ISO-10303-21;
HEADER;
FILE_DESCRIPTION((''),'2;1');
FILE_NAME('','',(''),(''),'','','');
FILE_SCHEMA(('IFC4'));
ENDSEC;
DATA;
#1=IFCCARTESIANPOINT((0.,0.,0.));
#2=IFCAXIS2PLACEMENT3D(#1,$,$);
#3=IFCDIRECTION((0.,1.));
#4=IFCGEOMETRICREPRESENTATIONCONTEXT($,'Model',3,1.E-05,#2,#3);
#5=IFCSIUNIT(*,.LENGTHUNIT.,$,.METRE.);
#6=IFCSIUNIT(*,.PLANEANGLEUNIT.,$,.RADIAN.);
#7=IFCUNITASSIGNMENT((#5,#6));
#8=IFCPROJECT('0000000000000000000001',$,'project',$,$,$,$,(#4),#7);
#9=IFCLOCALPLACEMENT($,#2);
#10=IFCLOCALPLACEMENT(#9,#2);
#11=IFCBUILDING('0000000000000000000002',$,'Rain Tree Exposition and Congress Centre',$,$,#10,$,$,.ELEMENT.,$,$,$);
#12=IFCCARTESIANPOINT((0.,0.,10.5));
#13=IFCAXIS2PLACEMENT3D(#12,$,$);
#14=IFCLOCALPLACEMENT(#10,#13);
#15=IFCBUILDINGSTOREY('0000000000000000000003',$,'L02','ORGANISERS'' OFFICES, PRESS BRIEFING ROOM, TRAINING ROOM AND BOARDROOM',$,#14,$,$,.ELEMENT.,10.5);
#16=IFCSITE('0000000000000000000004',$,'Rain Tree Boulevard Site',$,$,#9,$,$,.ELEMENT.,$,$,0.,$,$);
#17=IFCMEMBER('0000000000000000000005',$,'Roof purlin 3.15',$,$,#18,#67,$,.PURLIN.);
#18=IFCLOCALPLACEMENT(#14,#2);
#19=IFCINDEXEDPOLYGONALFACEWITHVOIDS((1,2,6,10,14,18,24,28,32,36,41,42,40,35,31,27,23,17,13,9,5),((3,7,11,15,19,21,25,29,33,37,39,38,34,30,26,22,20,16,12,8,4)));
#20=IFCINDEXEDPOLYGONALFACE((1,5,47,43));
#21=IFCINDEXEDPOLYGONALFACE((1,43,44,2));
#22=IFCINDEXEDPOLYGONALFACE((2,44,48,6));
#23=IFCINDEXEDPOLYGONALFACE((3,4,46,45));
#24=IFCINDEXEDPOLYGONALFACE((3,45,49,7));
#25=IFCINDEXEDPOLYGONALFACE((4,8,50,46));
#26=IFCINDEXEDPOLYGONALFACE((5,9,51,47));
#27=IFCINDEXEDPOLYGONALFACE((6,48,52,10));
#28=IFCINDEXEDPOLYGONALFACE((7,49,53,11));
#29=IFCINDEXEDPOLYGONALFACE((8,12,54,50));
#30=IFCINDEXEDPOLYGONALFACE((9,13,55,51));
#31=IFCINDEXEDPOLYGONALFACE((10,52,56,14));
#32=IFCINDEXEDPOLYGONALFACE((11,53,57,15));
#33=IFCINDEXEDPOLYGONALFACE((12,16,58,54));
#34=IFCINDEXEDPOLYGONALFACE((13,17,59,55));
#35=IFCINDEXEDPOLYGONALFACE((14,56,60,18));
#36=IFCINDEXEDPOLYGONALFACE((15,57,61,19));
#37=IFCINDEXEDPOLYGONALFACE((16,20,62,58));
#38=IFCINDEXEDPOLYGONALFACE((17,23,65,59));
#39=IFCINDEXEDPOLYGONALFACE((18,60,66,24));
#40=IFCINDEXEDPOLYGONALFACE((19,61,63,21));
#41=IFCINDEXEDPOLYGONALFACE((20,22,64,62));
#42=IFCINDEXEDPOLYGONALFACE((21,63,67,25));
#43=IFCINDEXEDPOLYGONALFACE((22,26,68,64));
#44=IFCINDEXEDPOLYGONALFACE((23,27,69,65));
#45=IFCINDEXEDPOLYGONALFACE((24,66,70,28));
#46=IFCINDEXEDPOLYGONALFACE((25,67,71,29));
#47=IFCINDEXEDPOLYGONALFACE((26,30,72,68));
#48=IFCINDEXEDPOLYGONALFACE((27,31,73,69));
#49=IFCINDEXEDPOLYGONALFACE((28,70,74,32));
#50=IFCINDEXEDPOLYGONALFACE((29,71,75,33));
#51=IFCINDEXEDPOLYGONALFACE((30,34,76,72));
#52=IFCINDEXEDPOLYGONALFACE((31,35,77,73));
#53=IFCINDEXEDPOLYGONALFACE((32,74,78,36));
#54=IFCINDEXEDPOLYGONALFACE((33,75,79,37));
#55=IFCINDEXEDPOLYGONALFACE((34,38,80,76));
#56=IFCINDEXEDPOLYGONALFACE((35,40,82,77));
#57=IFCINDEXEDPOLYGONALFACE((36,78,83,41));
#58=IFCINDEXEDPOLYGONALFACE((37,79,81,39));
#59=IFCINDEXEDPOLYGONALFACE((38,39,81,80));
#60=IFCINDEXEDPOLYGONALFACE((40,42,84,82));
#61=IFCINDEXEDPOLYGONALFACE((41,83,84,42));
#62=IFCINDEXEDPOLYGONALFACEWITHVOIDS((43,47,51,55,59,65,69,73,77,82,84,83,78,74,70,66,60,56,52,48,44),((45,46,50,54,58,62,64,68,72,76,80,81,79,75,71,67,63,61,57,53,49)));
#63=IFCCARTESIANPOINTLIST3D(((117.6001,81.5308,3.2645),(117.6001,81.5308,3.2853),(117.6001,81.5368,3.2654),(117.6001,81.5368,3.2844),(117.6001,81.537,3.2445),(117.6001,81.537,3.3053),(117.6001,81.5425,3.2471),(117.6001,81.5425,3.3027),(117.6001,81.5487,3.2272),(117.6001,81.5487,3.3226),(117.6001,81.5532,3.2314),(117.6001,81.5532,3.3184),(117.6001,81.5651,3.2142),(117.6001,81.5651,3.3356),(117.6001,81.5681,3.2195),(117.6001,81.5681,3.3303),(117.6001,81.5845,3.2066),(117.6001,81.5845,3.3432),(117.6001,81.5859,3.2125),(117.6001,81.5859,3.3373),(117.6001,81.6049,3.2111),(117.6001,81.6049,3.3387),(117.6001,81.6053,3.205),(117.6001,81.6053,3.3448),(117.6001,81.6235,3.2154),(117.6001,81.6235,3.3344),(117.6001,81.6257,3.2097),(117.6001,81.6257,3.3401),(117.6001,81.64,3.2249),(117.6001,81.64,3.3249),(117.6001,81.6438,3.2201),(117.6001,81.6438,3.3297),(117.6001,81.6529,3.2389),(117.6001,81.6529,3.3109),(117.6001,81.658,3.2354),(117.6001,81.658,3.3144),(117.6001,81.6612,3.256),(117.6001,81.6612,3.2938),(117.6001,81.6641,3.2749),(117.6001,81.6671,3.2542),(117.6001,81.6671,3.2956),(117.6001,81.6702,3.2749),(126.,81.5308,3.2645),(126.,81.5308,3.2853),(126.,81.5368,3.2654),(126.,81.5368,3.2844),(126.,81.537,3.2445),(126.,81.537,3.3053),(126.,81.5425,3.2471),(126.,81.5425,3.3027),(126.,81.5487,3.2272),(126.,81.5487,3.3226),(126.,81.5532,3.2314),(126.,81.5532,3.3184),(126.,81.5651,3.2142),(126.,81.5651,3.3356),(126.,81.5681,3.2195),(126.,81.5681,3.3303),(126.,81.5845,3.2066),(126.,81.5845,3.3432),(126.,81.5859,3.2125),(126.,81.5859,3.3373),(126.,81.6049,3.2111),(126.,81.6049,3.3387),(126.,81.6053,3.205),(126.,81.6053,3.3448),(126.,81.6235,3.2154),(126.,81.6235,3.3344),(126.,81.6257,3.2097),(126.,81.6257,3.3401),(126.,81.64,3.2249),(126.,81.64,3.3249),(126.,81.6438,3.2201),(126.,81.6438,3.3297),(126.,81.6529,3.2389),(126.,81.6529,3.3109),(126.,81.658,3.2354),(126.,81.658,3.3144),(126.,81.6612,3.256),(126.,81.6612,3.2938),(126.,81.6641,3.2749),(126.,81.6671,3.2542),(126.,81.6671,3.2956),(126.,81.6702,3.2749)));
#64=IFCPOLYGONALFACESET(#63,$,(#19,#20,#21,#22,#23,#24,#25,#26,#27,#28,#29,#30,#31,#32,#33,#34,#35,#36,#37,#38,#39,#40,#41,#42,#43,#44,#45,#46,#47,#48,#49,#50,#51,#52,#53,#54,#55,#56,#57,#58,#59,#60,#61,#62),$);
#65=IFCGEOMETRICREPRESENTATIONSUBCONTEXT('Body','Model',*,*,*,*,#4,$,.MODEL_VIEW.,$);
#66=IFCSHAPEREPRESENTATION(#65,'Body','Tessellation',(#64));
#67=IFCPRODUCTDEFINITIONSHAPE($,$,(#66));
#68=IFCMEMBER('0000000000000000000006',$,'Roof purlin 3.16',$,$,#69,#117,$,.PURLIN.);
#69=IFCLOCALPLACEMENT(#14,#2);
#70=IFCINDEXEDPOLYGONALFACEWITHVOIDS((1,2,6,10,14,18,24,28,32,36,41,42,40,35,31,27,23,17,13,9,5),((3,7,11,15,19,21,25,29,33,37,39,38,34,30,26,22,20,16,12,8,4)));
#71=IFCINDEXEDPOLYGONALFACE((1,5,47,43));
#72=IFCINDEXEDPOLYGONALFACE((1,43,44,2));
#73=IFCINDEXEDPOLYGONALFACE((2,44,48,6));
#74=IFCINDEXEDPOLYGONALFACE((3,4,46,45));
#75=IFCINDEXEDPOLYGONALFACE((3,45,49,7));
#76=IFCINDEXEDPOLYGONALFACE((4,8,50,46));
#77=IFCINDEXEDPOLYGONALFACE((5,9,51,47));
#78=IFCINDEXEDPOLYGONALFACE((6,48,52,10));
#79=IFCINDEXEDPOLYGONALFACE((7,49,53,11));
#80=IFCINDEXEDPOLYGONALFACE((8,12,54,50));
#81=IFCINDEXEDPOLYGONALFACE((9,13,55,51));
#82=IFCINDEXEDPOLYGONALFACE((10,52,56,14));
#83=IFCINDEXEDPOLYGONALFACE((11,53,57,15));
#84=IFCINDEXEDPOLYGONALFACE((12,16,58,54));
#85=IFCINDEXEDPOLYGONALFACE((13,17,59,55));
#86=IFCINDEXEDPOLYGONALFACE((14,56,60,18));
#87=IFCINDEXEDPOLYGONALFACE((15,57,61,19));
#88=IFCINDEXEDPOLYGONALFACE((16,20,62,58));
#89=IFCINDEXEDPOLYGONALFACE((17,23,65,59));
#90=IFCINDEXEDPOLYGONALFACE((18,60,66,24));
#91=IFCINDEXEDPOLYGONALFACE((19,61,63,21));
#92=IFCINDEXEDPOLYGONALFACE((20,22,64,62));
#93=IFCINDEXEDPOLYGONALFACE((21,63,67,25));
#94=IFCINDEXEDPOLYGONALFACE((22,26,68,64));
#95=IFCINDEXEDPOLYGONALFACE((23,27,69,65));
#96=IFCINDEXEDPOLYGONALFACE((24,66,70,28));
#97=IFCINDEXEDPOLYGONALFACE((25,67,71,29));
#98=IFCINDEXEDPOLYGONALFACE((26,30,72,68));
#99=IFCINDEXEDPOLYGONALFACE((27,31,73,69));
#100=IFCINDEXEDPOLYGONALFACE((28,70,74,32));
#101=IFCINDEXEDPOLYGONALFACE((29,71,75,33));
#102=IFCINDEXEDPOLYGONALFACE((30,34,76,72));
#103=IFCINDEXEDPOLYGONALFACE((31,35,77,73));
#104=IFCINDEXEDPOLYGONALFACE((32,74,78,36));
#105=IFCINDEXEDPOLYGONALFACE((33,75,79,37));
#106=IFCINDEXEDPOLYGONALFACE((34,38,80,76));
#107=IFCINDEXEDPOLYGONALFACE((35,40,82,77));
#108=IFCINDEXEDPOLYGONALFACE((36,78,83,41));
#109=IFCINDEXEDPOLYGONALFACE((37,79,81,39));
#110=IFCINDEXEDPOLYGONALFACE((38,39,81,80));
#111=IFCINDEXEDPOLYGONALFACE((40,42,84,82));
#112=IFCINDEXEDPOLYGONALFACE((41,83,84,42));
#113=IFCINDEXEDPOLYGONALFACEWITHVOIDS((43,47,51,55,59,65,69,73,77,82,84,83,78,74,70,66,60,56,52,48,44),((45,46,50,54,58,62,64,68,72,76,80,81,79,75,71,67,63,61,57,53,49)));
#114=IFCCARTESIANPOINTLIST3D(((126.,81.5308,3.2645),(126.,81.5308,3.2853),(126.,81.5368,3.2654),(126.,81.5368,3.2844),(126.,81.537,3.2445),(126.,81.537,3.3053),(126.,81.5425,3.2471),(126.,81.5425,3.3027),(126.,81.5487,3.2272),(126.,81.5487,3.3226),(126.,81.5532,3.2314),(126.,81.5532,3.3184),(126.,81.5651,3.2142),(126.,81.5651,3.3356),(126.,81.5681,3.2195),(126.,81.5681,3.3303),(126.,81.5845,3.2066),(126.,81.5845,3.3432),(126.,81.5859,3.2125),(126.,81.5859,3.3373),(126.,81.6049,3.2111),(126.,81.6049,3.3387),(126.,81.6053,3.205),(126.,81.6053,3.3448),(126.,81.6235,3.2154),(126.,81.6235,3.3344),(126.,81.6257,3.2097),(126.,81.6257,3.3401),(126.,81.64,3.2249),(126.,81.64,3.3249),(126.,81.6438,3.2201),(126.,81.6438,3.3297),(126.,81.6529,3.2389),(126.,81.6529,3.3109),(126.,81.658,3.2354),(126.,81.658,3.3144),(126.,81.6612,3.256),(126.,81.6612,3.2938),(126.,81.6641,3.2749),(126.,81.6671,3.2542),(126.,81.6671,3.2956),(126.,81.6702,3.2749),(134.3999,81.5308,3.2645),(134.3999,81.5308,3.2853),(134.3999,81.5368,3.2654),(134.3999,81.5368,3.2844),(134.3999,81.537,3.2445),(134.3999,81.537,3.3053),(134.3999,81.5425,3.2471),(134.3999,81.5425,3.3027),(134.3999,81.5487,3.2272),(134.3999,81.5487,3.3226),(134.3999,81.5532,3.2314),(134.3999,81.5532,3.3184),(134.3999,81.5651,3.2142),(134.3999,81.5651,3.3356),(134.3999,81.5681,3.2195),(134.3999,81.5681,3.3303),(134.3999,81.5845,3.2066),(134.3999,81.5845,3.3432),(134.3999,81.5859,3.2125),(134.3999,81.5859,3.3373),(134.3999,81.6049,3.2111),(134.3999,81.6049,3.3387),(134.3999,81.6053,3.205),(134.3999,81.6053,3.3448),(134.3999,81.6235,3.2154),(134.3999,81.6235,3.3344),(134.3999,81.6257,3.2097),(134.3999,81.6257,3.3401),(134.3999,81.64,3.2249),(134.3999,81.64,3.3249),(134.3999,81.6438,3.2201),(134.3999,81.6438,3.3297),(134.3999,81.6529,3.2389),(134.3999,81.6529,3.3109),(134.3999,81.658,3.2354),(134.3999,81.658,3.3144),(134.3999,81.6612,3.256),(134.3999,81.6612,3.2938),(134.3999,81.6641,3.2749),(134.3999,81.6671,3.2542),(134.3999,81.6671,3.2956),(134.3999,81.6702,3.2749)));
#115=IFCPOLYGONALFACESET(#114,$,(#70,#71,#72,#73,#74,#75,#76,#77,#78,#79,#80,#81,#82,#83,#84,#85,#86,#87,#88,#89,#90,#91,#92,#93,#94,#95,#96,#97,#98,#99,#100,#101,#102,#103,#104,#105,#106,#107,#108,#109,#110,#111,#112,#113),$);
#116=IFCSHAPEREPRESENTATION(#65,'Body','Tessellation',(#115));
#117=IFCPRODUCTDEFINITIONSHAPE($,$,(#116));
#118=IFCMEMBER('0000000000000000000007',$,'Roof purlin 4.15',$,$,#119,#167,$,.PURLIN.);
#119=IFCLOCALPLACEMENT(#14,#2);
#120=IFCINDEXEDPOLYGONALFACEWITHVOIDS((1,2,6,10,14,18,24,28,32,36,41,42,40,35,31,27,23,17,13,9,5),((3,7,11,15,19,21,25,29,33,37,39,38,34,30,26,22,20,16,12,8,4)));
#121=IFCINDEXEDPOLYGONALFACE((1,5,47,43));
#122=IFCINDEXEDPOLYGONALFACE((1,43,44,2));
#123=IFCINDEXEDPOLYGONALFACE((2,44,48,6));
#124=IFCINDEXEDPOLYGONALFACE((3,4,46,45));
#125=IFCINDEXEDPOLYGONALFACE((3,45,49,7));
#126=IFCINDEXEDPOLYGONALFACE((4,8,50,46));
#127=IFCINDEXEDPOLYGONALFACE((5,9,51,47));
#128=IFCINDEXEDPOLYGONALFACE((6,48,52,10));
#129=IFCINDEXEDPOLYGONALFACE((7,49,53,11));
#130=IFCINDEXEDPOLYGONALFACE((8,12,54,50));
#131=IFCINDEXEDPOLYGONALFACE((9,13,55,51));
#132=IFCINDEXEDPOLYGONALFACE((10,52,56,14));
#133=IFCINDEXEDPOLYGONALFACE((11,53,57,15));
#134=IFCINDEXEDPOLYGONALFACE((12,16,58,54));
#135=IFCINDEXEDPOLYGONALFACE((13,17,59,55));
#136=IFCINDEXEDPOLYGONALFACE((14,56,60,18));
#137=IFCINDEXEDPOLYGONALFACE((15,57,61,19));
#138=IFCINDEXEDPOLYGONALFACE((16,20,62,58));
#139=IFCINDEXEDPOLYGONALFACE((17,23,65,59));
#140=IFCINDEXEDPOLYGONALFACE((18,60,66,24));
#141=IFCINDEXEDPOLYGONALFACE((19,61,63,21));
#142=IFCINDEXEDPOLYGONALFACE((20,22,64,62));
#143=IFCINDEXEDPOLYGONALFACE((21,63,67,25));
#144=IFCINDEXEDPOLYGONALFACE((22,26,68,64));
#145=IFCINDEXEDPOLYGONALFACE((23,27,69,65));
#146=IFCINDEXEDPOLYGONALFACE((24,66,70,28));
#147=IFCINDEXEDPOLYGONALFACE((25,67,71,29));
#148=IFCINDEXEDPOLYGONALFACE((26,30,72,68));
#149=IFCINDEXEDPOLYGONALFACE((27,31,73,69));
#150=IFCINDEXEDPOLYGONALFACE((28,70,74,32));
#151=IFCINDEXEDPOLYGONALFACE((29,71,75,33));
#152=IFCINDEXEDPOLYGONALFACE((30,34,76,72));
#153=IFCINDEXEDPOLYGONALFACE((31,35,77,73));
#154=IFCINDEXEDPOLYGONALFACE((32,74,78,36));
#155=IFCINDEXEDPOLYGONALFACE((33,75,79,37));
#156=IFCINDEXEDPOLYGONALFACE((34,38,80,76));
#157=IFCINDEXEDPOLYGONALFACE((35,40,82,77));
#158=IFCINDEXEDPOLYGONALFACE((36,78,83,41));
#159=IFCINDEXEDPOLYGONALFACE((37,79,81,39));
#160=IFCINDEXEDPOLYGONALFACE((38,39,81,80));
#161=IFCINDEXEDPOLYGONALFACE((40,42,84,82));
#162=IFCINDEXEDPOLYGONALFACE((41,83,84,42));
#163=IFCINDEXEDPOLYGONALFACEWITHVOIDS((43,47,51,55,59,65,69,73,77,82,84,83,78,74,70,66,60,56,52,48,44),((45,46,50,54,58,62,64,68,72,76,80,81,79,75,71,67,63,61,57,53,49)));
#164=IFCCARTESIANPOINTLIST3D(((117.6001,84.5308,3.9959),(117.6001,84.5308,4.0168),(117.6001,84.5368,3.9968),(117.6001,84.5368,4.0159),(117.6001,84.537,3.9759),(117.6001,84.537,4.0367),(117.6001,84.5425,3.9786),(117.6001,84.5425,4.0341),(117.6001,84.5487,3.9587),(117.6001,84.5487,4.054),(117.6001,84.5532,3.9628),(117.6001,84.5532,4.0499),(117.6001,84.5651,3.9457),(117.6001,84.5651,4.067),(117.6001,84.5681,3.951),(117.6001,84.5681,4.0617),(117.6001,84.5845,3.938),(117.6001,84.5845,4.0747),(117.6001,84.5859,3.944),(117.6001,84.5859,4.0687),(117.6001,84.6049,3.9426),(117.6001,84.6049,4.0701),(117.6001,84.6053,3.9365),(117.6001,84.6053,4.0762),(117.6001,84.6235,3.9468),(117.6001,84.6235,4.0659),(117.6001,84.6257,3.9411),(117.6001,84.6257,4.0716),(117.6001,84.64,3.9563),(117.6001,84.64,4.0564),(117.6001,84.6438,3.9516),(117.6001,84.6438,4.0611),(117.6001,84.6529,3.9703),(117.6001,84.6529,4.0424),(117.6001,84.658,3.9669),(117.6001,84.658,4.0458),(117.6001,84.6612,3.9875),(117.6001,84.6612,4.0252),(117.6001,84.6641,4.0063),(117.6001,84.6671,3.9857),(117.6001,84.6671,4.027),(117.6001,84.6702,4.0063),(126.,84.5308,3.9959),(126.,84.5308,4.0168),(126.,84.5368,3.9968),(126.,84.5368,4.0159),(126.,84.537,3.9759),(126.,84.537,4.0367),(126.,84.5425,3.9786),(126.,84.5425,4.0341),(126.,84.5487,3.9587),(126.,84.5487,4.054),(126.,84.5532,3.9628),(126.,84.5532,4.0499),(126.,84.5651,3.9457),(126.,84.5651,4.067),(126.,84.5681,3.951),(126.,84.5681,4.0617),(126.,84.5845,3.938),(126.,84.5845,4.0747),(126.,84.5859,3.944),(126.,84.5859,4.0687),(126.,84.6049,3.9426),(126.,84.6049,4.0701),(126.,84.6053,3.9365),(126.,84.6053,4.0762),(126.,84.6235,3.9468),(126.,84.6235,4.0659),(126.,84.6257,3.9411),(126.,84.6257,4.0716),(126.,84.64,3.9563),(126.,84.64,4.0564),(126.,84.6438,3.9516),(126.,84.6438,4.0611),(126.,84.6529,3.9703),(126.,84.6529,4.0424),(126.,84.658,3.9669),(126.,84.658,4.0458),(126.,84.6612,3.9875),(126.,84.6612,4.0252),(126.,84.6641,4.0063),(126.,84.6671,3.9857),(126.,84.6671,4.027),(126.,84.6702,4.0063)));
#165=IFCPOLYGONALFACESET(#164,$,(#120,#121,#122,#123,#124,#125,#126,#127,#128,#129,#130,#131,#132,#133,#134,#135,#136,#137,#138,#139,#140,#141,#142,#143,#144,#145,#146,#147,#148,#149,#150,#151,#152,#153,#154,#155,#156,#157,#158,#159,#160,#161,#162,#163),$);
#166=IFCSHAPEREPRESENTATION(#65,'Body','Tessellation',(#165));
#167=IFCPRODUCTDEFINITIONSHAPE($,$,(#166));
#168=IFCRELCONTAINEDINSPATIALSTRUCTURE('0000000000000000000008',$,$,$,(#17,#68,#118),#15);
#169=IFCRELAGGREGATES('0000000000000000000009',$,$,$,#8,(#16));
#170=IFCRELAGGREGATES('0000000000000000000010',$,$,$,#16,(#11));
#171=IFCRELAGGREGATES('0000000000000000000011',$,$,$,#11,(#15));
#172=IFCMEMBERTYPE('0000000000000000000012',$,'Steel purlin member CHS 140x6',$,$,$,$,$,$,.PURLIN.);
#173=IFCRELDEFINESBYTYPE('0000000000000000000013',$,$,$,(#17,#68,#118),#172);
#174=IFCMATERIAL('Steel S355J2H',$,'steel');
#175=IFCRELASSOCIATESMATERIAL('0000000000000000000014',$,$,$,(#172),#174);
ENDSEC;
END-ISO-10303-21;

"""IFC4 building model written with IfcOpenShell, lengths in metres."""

from ifc_helpers import new_model, si_unit, direction, frame, origin, origin_2d, place, context, subcontext, project, spatial, hollow_circle, extrude, material, material_profile, profile_set, type_object, element, save


model = new_model("IFC4")

# Units and contexts
model_context = context("Model", 3, precision=1e-05, world=origin(), true_north=direction((0.0, 1.0)))
body_context = subcontext(model_context, "Body", "Model", "MODEL_VIEW")
ifc_project = project(units=[si_unit("LENGTHUNIT", "METRE"), si_unit("PLANEANGLEUNIT", "RADIAN")], contexts=[model_context])

# Site, building, storey
site_placement = place(None, origin())
site = spatial("IfcSite", under=ifc_project, at=site_placement, Name="Rain Tree Boulevard Site", CompositionType="ELEMENT", RefElevation=0.0)
building_placement = place(site_placement, origin())
building = spatial("IfcBuilding", under=site, at=building_placement, Name="Rain Tree Exposition and Congress Centre", CompositionType="ELEMENT")
storey_placement = place(building_placement, frame((0.0, 0.0, 10.5)))
storey = spatial("IfcBuildingStorey", under=building, at=storey_placement, Name="L02", Description="ORGANISERS' OFFICES, PRESS BRIEFING ROOM, TRAINING ROOM AND BOARDROOM", CompositionType="ELEMENT", Elevation=10.5)

# Members
ifc_material_1 = material(Name="Steel S355J2H", Category="steel")
ifc_material_profile_1 = material_profile(ifc_material_1, hollow_circle(Radius=0.0701, WallThickness=0.0061, at=origin_2d()), Name="CHS 140x6")
ifc_profile_set_1 = profile_set([ifc_material_profile_1], Name="Steel S355J2H")
member_type_1 = type_object("IfcMemberType", Name="Steel purlin member CHS 140x6", PredefinedType="PURLIN", material=ifc_profile_set_1)
for number, where, z_axis, x_axis, name in (
    (1, (117.6001, 81.6001, 3.2749), (1.0, 0.0, 0.0), (0.0, 1.0, 0.0), "Roof purlin 3.15"),
    (2, (126.0, 81.6001, 3.2749), (1.0, 0.0, 0.0), (0.0, 1.0, 0.0), "Roof purlin 3.16"),
    (3, (117.6001, 84.6001, 4.0063), (1.0, 0.0, 0.0), (0.0, 1.0, 0.0), "Roof purlin 4.15"),
):
    element("IfcMember", number, at=place(storey_placement, frame(where, z_axis=z_axis, x_axis=x_axis)), inside=storey, type_object=member_type_1, Name=name, PredefinedType="PURLIN", context=body_context, shape_type="SweptSolid", body=[
        extrude(hollow_circle(Radius=0.0701, WallThickness=0.0061, at=origin_2d()), origin(), (0.0, 0.0, 1.0), 8.3999),
    ])

save(model, "model.ifc")
